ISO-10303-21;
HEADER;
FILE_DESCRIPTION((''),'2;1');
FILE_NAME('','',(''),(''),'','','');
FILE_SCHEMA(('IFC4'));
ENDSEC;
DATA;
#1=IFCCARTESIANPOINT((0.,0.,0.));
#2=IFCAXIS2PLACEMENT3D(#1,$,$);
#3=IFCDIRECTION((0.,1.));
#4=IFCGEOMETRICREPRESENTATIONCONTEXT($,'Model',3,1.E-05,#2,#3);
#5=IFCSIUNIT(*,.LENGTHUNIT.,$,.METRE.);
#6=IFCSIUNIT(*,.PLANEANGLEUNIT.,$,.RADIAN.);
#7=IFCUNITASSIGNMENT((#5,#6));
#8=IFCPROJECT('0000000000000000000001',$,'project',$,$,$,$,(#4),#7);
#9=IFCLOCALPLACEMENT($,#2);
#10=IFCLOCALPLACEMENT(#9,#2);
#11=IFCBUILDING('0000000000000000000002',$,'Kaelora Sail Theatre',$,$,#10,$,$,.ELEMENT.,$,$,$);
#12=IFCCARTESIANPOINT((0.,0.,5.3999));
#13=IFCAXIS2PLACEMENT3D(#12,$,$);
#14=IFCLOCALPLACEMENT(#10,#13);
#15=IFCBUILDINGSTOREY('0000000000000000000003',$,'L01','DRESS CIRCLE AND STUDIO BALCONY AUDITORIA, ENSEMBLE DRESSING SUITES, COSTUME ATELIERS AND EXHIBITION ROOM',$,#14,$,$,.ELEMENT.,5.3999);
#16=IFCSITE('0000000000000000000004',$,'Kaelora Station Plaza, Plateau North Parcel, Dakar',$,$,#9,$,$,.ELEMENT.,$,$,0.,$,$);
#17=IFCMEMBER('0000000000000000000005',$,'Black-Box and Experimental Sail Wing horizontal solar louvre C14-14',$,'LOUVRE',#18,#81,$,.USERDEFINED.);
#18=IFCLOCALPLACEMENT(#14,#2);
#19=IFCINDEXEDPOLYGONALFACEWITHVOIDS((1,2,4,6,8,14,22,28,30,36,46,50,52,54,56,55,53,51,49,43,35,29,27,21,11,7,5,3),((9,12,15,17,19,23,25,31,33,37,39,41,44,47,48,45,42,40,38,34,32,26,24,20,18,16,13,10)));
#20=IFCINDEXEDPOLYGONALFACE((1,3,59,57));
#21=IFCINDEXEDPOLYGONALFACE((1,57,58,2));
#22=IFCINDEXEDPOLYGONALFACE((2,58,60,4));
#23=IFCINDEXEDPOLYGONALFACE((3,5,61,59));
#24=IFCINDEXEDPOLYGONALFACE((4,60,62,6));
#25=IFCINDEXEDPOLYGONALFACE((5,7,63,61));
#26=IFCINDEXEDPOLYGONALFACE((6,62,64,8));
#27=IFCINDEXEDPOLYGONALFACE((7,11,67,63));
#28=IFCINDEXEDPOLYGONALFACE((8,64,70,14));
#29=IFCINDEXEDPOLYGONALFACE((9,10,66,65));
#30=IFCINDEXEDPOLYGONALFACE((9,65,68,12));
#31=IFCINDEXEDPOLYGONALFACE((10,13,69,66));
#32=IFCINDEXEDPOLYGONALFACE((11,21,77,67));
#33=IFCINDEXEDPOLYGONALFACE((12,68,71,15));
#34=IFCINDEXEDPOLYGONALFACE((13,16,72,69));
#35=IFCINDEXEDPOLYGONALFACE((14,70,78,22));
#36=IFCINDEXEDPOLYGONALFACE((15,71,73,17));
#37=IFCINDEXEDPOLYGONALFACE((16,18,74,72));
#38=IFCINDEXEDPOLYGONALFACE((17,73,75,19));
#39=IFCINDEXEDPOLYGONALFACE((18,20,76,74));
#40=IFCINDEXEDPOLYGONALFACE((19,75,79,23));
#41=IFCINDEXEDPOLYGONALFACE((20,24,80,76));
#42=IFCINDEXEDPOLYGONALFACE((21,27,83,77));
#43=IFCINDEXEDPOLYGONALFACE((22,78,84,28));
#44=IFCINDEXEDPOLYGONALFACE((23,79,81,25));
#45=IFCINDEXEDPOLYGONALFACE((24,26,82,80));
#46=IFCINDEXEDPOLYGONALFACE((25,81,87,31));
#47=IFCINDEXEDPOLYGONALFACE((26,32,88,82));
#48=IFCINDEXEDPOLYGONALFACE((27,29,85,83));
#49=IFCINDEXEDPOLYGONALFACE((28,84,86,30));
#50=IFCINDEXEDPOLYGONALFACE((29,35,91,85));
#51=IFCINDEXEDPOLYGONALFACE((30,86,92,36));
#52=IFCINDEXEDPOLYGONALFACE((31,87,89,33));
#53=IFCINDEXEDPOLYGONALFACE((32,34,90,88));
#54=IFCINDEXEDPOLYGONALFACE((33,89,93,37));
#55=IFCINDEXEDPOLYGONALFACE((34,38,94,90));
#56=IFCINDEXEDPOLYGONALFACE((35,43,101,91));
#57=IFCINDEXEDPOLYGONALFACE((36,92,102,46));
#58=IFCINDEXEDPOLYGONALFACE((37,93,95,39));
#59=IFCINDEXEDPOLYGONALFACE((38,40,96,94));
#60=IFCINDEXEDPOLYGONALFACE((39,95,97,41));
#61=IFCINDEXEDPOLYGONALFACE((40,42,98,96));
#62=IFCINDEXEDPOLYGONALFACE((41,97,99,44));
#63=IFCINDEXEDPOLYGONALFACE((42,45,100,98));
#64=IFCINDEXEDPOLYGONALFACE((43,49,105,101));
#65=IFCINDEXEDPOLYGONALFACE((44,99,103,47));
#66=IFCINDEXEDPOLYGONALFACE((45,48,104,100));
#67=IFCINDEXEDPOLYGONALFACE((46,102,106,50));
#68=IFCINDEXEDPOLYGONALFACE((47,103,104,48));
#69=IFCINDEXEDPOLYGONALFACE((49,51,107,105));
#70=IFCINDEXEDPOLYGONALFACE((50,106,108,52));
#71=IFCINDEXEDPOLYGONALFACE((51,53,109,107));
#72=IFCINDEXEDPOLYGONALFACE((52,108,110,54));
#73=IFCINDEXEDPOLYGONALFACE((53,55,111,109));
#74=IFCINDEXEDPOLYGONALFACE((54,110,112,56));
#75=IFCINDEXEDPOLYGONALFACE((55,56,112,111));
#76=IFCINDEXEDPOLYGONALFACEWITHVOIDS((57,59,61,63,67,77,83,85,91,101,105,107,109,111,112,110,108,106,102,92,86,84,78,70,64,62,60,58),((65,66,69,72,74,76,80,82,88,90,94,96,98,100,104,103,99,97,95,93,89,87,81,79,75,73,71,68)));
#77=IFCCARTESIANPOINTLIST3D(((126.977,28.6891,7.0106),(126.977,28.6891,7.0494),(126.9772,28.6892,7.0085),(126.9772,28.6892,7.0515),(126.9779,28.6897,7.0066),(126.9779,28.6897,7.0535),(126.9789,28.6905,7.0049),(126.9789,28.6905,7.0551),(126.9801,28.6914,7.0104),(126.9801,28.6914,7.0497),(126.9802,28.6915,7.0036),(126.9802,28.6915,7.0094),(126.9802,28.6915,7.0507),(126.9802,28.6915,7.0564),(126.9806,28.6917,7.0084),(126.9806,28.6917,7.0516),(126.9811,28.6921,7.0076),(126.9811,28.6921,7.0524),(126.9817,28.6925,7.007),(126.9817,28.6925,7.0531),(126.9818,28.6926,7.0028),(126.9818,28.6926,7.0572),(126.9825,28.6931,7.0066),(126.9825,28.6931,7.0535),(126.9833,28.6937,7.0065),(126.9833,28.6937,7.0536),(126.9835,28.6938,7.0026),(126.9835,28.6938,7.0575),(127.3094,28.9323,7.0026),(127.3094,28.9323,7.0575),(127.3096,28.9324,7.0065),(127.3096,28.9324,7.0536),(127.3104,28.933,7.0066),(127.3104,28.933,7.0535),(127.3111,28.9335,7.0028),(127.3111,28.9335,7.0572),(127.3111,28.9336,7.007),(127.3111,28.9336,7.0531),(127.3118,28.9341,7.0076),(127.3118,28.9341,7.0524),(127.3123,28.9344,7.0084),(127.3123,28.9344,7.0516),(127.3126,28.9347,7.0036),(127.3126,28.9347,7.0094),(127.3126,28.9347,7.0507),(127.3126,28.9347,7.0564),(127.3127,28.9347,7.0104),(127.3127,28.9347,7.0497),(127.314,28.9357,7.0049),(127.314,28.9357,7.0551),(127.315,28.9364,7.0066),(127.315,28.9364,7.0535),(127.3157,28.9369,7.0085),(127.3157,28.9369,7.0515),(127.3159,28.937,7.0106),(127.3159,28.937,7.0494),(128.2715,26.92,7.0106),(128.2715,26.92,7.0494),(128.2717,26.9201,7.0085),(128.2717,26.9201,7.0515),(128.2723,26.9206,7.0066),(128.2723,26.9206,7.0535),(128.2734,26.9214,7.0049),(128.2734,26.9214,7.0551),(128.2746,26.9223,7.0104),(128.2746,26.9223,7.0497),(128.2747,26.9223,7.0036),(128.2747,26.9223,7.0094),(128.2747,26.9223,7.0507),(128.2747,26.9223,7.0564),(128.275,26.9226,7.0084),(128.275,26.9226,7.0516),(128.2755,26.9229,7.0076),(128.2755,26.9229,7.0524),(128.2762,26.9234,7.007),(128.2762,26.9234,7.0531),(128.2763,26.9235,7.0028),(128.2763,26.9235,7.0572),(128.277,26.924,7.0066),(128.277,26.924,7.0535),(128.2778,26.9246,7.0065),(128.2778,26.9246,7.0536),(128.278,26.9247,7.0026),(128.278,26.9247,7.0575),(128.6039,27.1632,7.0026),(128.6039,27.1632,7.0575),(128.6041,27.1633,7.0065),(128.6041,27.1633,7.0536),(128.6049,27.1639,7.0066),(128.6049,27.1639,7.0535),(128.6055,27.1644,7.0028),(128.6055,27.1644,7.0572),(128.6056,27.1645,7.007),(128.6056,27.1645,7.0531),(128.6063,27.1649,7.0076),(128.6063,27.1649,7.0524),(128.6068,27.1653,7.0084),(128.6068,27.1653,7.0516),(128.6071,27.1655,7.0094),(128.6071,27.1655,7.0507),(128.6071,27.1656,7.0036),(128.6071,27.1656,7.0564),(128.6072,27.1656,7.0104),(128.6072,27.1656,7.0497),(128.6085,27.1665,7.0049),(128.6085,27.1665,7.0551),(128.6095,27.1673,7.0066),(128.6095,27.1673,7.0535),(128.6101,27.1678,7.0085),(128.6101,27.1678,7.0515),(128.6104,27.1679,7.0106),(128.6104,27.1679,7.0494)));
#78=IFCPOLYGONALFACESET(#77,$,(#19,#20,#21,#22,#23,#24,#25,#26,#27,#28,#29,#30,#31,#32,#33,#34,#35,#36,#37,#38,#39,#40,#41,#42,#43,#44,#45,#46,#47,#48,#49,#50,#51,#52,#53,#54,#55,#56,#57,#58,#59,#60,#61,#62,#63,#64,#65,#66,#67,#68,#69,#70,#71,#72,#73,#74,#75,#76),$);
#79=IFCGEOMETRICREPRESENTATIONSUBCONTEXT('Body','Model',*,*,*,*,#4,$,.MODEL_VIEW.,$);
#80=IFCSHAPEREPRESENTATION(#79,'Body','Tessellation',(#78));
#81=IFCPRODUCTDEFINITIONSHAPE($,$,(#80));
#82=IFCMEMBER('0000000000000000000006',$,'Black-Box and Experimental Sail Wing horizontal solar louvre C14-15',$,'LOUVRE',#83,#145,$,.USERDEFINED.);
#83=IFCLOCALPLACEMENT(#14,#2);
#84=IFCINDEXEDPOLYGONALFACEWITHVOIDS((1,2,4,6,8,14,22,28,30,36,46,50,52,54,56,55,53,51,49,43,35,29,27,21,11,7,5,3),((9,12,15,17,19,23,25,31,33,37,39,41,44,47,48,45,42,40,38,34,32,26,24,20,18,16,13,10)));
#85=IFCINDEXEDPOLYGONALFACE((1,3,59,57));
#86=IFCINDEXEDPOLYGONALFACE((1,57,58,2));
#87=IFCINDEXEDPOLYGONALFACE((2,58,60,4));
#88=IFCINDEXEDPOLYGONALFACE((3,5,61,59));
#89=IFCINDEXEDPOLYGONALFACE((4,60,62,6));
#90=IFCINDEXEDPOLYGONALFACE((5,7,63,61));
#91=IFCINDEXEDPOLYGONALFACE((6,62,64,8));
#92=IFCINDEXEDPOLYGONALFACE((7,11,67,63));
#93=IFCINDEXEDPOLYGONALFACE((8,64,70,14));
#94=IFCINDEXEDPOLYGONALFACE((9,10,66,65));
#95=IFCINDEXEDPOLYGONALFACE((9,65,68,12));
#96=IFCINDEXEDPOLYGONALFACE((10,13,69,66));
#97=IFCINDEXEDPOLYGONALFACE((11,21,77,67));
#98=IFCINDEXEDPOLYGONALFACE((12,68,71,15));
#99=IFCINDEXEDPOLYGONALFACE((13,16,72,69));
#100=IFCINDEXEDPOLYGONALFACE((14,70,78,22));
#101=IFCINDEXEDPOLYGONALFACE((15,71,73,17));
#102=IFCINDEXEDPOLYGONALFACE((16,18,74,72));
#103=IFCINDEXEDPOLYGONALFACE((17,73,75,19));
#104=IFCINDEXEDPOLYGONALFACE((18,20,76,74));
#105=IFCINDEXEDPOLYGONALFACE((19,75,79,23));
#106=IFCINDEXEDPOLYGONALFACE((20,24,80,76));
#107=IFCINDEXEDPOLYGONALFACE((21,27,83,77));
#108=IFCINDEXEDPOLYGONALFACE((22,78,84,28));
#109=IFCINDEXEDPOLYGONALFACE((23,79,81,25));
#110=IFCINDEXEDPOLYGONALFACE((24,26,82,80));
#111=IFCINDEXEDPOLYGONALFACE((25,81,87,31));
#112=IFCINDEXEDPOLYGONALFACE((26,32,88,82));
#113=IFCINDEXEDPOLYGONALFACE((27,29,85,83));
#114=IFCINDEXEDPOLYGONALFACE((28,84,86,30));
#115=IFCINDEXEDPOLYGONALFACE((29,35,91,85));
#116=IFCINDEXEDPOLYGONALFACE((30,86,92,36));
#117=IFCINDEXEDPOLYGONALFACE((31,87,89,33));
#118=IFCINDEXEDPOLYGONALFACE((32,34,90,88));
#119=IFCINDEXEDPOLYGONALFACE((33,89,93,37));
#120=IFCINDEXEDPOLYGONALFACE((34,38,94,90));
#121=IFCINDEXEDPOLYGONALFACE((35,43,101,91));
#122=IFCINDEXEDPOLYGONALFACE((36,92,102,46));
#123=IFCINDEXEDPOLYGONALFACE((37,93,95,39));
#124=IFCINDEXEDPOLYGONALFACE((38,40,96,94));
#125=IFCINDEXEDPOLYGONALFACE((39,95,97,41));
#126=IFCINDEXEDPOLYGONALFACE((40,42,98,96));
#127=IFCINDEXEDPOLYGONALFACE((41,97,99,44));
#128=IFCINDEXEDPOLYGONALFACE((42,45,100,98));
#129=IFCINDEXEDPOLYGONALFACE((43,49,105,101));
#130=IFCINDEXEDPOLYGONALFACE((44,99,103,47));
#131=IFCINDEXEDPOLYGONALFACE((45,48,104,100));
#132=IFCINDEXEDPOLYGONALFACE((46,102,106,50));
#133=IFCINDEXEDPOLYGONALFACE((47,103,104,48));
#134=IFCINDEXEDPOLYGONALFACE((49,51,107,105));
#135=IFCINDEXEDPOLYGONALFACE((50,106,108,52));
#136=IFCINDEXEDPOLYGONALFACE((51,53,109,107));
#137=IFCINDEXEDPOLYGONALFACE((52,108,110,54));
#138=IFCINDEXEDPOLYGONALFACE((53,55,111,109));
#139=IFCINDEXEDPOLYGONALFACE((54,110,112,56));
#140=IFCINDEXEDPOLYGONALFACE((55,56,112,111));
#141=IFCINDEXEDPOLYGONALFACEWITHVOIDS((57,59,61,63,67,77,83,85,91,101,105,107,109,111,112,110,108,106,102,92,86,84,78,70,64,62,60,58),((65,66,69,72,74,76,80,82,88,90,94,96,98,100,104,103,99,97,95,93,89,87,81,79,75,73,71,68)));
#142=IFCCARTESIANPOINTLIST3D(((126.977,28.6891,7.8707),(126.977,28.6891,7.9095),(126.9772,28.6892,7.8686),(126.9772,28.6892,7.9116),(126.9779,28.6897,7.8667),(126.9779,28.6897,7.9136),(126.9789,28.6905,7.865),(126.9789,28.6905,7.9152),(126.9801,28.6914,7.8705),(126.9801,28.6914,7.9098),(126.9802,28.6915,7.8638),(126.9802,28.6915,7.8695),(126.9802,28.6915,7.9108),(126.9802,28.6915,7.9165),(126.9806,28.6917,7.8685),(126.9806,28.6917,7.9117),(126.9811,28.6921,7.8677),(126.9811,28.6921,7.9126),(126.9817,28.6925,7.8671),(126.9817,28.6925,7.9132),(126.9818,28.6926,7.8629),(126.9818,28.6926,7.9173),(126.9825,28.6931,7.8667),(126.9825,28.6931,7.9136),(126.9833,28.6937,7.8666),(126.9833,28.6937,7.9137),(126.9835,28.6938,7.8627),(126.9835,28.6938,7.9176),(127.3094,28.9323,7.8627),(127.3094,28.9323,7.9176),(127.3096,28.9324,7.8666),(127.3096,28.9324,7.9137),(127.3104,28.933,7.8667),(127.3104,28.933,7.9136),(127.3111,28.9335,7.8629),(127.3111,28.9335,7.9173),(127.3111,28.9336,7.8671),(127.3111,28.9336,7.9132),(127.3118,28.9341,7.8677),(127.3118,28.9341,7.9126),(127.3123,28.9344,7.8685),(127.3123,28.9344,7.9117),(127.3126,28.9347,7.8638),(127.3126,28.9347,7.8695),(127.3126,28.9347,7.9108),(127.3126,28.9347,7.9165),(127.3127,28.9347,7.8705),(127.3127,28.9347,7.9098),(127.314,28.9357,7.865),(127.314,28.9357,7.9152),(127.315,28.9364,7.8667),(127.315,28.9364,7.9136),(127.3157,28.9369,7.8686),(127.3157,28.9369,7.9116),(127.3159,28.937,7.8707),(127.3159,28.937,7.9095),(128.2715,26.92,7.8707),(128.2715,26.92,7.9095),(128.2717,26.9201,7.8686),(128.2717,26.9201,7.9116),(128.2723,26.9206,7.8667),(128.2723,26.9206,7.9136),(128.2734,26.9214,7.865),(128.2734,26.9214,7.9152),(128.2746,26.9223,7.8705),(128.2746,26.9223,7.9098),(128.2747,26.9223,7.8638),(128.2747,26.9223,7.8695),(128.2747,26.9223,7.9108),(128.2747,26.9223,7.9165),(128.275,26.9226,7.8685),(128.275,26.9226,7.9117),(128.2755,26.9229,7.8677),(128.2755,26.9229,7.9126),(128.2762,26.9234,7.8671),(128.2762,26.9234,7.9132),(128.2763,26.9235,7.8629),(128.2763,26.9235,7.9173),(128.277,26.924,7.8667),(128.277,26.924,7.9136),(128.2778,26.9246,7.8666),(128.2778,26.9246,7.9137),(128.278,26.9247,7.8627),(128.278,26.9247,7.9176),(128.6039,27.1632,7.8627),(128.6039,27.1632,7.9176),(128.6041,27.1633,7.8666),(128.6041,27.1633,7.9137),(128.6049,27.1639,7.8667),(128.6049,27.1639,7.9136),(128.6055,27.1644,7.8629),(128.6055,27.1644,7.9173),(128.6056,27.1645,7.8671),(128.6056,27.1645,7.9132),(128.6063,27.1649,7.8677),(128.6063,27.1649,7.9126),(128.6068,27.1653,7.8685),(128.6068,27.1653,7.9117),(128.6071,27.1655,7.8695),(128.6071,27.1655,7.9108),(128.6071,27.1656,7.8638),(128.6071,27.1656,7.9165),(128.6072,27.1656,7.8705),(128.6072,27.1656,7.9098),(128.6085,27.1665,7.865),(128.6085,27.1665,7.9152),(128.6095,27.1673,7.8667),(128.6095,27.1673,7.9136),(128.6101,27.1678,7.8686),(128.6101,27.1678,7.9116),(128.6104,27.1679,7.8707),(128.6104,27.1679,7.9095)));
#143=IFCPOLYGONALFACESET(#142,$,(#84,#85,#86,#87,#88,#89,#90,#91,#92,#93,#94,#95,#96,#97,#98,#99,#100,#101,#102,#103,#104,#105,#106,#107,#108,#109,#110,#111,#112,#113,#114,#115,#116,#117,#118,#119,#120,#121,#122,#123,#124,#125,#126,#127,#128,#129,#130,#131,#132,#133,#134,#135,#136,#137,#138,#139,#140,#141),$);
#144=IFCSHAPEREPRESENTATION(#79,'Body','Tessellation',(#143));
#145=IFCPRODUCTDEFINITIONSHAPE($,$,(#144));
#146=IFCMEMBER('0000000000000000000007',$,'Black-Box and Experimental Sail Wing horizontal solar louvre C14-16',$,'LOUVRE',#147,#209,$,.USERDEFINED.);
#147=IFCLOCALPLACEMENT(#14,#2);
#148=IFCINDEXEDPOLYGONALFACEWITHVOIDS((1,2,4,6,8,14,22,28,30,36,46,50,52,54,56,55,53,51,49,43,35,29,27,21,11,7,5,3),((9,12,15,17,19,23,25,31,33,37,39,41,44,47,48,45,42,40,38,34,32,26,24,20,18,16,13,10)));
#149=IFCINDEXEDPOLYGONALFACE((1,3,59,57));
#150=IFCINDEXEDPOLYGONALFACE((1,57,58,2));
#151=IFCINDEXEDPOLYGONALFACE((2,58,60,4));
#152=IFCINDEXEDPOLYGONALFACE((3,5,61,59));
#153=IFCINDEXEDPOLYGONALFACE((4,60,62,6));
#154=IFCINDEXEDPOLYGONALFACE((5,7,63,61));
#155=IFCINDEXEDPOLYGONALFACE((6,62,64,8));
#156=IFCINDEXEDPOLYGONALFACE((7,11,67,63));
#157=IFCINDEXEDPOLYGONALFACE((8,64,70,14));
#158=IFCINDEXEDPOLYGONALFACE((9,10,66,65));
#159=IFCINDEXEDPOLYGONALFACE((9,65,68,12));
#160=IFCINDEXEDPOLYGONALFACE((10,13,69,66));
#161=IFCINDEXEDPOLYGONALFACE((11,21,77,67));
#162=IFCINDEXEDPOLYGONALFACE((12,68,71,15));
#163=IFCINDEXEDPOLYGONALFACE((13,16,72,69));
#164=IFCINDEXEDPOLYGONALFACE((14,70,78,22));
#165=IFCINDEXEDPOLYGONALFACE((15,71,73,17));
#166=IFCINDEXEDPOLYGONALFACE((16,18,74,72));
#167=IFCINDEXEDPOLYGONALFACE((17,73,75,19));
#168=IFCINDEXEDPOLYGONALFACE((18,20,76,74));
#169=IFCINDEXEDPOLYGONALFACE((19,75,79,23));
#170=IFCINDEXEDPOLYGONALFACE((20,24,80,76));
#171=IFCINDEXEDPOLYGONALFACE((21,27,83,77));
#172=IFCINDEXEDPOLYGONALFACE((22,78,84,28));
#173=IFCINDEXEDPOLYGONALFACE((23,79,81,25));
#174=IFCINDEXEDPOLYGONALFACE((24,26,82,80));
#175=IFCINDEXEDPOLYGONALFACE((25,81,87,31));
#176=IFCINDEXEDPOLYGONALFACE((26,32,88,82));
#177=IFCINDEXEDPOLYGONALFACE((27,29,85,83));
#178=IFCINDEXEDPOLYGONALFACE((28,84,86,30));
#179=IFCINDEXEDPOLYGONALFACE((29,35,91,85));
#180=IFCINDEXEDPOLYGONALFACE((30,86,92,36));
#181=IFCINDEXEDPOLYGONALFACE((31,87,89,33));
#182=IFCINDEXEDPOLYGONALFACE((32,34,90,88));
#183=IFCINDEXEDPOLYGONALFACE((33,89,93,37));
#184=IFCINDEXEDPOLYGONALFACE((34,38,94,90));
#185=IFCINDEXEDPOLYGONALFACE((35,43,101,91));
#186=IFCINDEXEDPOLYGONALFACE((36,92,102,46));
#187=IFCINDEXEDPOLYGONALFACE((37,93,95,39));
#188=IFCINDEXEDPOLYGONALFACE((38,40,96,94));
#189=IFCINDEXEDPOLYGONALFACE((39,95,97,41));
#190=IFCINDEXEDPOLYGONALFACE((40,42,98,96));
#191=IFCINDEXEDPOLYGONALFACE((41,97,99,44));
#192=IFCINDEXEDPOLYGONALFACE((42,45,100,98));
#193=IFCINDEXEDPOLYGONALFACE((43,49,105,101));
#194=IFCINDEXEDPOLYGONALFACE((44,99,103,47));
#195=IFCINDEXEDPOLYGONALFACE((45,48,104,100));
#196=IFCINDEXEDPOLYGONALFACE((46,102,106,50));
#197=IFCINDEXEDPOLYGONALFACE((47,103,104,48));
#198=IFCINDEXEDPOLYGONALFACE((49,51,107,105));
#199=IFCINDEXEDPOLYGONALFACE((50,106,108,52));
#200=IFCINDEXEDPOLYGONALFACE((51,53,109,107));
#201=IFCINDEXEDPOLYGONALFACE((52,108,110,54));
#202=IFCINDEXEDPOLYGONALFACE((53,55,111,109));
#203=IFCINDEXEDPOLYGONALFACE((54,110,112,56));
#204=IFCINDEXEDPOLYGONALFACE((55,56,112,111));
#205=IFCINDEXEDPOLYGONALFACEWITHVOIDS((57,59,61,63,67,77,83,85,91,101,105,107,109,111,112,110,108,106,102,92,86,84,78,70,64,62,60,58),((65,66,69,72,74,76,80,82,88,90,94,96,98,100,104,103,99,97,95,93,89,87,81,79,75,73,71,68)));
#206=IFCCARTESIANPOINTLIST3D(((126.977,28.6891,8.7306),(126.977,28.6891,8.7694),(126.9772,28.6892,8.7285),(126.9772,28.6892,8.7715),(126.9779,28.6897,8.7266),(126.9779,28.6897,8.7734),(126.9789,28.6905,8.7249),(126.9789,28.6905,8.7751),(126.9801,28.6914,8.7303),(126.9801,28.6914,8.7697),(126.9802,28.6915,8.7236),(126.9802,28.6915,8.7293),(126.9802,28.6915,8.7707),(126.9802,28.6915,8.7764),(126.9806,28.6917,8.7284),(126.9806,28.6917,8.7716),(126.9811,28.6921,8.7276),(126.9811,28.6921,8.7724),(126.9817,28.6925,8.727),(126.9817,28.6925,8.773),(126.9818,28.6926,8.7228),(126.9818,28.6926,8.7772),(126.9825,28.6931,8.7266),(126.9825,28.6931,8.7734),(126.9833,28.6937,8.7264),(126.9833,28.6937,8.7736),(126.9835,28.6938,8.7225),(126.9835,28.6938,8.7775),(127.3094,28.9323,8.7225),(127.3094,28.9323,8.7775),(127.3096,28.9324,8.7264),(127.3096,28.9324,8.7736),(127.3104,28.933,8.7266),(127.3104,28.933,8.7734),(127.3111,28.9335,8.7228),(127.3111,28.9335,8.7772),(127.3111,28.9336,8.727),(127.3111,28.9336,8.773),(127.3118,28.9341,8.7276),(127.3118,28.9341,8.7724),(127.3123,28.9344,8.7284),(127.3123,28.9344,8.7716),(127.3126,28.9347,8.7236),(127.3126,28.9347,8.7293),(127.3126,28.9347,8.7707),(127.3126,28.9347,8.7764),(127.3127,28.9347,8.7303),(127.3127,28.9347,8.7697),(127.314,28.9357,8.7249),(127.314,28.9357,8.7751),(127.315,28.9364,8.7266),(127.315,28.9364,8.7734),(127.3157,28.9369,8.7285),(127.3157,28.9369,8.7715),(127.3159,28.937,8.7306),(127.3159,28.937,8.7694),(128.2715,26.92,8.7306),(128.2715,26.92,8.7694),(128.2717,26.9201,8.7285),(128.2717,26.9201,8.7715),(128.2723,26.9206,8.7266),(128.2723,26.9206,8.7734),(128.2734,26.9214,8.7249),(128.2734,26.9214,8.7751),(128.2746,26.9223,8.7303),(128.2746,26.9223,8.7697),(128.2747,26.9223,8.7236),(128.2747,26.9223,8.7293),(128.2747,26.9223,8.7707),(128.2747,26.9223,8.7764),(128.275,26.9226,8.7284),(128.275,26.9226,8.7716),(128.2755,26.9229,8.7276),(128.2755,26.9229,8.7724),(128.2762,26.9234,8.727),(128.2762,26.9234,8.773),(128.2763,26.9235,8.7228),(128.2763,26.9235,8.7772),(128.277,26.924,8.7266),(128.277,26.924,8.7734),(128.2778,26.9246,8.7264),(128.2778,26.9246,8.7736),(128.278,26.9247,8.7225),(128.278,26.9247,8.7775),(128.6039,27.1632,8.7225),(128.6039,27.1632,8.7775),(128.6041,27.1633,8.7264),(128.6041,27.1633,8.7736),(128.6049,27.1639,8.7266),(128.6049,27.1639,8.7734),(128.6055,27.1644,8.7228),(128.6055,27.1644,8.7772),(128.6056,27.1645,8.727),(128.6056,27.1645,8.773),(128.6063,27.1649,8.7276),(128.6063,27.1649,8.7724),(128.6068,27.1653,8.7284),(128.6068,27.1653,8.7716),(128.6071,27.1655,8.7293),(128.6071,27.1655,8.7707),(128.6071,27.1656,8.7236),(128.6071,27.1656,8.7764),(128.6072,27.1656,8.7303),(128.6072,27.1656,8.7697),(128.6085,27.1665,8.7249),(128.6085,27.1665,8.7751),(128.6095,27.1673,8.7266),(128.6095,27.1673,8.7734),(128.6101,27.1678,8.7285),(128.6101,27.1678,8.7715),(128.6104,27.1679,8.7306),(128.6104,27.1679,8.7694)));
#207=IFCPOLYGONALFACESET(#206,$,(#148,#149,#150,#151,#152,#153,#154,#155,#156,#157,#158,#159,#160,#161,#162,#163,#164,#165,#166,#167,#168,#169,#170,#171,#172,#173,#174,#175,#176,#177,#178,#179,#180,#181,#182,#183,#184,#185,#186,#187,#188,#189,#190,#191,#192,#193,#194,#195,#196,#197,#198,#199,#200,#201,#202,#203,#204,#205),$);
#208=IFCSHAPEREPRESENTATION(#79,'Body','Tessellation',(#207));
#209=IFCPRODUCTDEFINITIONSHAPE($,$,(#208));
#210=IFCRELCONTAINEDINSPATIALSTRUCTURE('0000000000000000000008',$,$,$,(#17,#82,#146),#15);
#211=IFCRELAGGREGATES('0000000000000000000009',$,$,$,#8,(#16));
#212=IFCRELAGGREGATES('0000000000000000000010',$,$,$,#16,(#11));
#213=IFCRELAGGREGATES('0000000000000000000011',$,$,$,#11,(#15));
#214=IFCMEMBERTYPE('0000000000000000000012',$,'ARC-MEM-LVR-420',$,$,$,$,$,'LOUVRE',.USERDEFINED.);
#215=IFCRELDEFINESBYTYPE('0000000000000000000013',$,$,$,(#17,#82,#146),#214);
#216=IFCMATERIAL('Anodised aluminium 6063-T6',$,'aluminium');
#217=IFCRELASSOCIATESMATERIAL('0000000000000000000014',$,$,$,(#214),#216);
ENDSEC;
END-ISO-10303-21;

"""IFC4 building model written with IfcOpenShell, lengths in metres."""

from ifc_helpers import new_model, si_unit, direction, frame, origin, origin_2d, place, context, subcontext, project, spatial, hollow_rectangle, extrude, material, material_profile, profile_set, type_object, element, save


model = new_model("IFC4")

# Units and contexts
model_context = context("Model", 3, precision=1e-05, world=origin(), true_north=direction((0.0, 1.0)))
body_context = subcontext(model_context, "Body", "Model", "MODEL_VIEW")
ifc_project = project(units=[si_unit("LENGTHUNIT", "METRE"), si_unit("PLANEANGLEUNIT", "RADIAN")], contexts=[model_context])

# Site, building, storey
site_placement = place(None, origin())
site = spatial("IfcSite", under=ifc_project, at=site_placement, Name="Kaelora Station Plaza, Plateau North Parcel, Dakar", CompositionType="ELEMENT", RefElevation=0.0)
building_placement = place(site_placement, origin())
building = spatial("IfcBuilding", under=site, at=building_placement, Name="Kaelora Sail Theatre", CompositionType="ELEMENT")
storey_placement = place(building_placement, frame((0.0, 0.0, 5.3999)))
storey = spatial("IfcBuildingStorey", under=building, at=storey_placement, Name="L01", Description="DRESS CIRCLE AND STUDIO BALCONY AUDITORIA, ENSEMBLE DRESSING SUITES, COSTUME ATELIERS AND EXHIBITION ROOM", CompositionType="ELEMENT", Elevation=5.3999)

# Members
ifc_material = material(Name="Anodised aluminium 6063-T6", Category="aluminium")
ifc_material_profile = material_profile(ifc_material, hollow_rectangle(XDim=0.4199, YDim=0.0549, WallThickness=0.0039, InnerFilletRadius=0.0039, OuterFilletRadius=0.0081, at=origin_2d()), Name="LOUVRE 420x55x4")
ifc_profile_set = profile_set([ifc_material_profile], Name="Anodised aluminium 6063-T6")
member_type = type_object("IfcMemberType", Name="ARC-MEM-LVR-420", ElementType="LOUVRE", PredefinedType="USERDEFINED", material=ifc_profile_set)
for number, where, z_axis, x_axis, name in (
    (1, (128.4409, 27.0439, 7.03), (-0.590514, 0.807028, 0.0), (-0.807028, -0.590514, 0.0), "Black-Box and Experimental Sail Wing horizontal solar louvre C14-14"),
    (2, (128.4409, 27.0439, 7.8901), (-0.590514, 0.807028, 0.0), (-0.807028, -0.590514, 0.0), "Black-Box and Experimental Sail Wing horizontal solar louvre C14-15"),
    (3, (128.4409, 27.0439, 8.75), (-0.590514, 0.807028, 0.0), (-0.807028, -0.590514, 0.0), "Black-Box and Experimental Sail Wing horizontal solar louvre C14-16"),
):
    element("IfcMember", number, at=place(storey_placement, frame(where, z_axis=z_axis, x_axis=x_axis)), inside=storey, type_object=member_type, Name=name, ObjectType="LOUVRE", PredefinedType="USERDEFINED", context=body_context, shape_type="SweptSolid", body=[
        extrude(hollow_rectangle(XDim=0.4199, YDim=0.0549, WallThickness=0.0039, InnerFilletRadius=0.0039, OuterFilletRadius=0.0081, at=origin_2d()), origin(), (0.0, 0.0, 1.0), 2.1921),
    ])

save(model, "model.ifc")
